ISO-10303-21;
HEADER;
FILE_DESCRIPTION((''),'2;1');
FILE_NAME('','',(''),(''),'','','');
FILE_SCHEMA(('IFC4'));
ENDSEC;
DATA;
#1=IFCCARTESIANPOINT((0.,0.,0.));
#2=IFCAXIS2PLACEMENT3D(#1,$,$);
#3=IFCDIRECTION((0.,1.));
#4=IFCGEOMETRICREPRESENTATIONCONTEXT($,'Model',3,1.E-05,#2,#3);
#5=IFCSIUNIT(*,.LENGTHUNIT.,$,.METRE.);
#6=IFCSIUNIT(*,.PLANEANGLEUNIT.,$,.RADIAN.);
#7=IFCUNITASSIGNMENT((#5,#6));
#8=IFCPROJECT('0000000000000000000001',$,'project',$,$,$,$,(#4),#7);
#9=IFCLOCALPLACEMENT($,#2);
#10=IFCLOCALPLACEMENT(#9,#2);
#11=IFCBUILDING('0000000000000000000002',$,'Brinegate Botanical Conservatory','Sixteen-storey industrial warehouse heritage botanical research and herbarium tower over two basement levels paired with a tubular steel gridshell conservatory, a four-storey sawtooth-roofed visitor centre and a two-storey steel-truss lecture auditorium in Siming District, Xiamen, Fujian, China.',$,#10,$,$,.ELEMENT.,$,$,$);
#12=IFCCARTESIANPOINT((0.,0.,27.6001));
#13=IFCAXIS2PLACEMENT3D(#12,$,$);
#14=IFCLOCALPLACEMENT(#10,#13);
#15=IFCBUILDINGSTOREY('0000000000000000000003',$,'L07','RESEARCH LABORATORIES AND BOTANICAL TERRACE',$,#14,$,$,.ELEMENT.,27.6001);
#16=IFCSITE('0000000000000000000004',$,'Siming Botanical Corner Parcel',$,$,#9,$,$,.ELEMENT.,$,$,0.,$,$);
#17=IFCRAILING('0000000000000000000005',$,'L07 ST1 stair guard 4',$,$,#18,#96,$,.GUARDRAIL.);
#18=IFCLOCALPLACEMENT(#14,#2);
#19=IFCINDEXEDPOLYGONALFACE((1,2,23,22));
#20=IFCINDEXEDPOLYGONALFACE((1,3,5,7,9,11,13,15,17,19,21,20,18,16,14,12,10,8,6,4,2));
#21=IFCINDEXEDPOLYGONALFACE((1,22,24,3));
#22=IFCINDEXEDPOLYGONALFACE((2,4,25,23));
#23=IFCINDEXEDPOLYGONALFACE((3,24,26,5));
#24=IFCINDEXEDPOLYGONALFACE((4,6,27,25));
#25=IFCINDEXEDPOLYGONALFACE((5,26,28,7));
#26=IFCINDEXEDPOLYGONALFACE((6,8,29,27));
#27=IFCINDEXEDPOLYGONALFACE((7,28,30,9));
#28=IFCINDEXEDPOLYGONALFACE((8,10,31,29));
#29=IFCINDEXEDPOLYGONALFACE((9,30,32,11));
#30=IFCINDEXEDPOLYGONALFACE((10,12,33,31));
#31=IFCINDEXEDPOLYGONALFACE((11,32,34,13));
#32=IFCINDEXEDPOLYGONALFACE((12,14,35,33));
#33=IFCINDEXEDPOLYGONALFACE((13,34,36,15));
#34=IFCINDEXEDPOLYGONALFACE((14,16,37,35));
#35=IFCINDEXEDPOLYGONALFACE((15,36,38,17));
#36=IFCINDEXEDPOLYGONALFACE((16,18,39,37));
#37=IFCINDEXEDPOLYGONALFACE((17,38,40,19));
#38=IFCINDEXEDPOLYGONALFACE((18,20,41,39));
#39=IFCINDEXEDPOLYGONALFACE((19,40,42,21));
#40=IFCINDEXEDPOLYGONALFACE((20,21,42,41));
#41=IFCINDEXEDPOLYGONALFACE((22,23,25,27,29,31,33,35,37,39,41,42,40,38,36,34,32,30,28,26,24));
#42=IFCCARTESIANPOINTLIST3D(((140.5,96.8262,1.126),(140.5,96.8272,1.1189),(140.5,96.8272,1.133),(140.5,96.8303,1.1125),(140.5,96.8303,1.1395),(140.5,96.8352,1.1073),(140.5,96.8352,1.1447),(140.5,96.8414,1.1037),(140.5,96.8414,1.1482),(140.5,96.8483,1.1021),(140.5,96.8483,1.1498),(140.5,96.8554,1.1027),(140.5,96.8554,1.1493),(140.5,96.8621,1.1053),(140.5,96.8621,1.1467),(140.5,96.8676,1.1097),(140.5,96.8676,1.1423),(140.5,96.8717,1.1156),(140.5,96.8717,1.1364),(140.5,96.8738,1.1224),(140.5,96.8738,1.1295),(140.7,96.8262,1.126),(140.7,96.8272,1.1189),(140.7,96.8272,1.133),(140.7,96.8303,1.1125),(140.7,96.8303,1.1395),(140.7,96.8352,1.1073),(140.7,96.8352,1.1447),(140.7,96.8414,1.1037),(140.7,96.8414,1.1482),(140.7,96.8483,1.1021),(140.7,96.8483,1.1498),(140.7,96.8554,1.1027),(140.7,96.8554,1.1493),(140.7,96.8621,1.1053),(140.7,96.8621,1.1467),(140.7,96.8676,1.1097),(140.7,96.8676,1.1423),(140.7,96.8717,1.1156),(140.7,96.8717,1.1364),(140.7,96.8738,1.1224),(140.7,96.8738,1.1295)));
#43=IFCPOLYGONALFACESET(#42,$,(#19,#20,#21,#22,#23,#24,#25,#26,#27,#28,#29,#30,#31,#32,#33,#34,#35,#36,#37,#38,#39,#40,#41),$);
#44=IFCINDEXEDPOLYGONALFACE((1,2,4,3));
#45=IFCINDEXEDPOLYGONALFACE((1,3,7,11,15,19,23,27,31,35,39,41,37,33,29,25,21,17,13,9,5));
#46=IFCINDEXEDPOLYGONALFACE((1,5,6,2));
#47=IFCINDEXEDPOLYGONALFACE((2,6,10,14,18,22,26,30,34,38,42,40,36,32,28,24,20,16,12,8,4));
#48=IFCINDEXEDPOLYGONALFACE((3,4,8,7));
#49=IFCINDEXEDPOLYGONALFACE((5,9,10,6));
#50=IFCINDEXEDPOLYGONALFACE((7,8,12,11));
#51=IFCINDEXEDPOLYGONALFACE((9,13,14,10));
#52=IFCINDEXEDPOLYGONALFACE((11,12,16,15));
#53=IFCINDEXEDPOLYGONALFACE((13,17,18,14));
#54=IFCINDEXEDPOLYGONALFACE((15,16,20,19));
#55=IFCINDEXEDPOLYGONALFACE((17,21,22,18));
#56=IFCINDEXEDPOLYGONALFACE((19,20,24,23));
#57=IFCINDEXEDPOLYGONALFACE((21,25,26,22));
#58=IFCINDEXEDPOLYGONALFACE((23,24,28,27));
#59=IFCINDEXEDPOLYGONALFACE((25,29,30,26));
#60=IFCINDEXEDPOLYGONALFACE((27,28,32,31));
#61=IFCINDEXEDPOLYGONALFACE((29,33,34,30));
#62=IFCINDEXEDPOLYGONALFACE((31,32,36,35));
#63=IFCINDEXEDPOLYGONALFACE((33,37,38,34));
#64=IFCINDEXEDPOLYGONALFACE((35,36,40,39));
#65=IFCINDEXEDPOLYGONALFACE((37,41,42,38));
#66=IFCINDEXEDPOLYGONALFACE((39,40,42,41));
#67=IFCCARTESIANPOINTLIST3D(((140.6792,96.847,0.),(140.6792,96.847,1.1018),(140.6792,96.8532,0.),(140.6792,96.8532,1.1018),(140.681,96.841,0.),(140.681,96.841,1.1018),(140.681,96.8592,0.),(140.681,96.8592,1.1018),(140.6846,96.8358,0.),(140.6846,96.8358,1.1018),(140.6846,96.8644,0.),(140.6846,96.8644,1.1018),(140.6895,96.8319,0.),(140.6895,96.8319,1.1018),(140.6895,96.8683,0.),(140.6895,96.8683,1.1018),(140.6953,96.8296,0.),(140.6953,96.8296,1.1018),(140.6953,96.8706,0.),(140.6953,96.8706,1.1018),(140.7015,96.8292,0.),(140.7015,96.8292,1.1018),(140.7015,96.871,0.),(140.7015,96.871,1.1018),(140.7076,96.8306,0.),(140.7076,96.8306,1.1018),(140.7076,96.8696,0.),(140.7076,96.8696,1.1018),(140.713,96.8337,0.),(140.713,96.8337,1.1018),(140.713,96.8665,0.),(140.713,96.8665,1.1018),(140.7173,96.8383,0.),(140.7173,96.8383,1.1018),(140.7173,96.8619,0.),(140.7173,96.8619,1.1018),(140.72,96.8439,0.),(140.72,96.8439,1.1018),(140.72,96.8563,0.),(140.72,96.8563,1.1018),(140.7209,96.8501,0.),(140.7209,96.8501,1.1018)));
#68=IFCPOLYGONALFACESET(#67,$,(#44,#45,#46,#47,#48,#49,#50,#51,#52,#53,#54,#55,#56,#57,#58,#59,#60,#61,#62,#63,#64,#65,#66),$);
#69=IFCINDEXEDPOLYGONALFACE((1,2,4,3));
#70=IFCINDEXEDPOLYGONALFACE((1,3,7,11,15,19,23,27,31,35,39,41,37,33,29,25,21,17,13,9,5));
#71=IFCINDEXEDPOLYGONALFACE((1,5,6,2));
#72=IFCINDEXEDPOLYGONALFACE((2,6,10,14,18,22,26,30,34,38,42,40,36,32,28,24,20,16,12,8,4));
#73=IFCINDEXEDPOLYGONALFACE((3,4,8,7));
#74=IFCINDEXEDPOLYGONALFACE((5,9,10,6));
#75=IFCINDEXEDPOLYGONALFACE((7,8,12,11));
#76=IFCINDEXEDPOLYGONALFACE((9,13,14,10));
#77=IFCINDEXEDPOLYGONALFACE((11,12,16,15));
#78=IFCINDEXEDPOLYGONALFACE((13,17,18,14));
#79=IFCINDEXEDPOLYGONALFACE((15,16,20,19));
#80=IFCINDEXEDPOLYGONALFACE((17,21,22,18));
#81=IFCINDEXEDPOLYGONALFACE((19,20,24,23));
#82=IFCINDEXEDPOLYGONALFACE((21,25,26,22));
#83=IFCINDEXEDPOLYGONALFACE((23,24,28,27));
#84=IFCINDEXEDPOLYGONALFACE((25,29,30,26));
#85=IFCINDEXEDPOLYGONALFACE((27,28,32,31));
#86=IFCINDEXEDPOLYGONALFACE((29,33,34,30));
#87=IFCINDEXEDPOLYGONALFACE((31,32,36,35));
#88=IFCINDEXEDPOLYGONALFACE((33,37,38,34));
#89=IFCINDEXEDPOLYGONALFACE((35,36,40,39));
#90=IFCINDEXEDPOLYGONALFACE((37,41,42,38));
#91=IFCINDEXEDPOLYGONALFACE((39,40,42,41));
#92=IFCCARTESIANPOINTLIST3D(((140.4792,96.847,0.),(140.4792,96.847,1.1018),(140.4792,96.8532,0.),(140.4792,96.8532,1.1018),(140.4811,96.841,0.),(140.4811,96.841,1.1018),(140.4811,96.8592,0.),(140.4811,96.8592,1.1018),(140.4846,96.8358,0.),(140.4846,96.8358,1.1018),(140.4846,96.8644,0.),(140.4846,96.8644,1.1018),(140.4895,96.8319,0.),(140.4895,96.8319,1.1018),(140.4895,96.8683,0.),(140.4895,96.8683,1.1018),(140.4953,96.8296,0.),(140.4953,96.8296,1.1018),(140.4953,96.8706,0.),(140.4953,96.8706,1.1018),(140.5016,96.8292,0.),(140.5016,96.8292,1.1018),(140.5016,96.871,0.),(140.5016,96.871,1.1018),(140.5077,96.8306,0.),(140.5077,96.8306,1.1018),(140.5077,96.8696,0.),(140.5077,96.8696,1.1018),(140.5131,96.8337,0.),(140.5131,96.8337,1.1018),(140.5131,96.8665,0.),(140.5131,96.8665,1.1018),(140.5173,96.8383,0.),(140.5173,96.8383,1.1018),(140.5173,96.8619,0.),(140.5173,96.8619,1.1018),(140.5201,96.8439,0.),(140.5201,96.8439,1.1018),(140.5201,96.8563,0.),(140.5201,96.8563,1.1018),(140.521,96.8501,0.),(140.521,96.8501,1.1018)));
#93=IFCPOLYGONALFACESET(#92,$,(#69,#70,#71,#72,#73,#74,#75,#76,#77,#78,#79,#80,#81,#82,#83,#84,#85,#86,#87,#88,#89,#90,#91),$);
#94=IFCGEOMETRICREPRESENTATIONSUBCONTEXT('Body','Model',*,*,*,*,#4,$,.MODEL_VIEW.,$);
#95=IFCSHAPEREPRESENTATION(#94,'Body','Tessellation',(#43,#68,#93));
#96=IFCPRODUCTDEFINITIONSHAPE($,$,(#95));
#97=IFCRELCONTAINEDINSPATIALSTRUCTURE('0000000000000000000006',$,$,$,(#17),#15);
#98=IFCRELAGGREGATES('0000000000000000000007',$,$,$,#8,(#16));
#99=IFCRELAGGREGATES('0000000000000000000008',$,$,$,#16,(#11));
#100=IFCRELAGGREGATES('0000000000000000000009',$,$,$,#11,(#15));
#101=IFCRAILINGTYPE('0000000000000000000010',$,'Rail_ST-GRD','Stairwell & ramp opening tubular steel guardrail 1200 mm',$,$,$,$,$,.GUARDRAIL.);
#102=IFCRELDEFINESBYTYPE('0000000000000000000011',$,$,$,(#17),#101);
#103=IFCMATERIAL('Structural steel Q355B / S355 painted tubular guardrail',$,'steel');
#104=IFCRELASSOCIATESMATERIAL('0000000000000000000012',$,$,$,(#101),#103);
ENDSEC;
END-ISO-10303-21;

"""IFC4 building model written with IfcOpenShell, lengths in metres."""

from ifc_helpers import new_model, si_unit, direction, frame, origin, origin_2d, place, context, subcontext, project, spatial, circle, extrude, material, type_object, element, save


model = new_model("IFC4")

# Units and contexts
model_context = context("Model", 3, precision=1e-05, world=origin(), true_north=direction((0.0, 1.0)))
body_context = subcontext(model_context, "Body", "Model", "MODEL_VIEW")
ifc_project = project(units=[si_unit("LENGTHUNIT", "METRE"), si_unit("PLANEANGLEUNIT", "RADIAN")], contexts=[model_context])

# Site, building, storey
site_placement = place(None, origin())
site = spatial("IfcSite", under=ifc_project, at=site_placement, Name="Siming Botanical Corner Parcel", CompositionType="ELEMENT", RefElevation=0.0)
building_placement = place(site_placement, origin())
building = spatial("IfcBuilding", under=site, at=building_placement, Name="Brinegate Botanical Conservatory", Description="Sixteen-storey industrial warehouse heritage botanical research and herbarium tower over two basement levels paired with a tubular steel gridshell conservatory, a four-storey sawtooth-roofed visitor centre and a two-storey steel-truss lecture auditorium in Siming District, Xiamen, Fujian, China.", CompositionType="ELEMENT")
storey_placement = place(building_placement, frame((0.0, 0.0, 27.6001)))
storey = spatial("IfcBuildingStorey", under=building, at=storey_placement, Name="L07", Description="RESEARCH LABORATORIES AND BOTANICAL TERRACE", CompositionType="ELEMENT", Elevation=27.6001)

# Railing
ifc_material_1 = material(Name="Structural steel Q355B / S355 painted tubular guardrail", Category="steel")
railing_type_1 = type_object("IfcRailingType", Name="Rail_ST-GRD", Description="Stairwell & ramp opening tubular steel guardrail 1200 mm", PredefinedType="GUARDRAIL", material=ifc_material_1)
railing_1_placement = place(storey_placement, frame((140.7, 96.8501, 0.0)))
element("IfcRailing", 1, at=railing_1_placement, inside=storey, type_object=railing_type_1, Name="L07 ST1 stair guard 4", PredefinedType="GUARDRAIL", context=body_context, shape_type="SweptSolid", body=[
    extrude(circle(Radius=0.0239, at=origin_2d()), frame((0.0, 0.0, 1.126), z_axis=(-1.0, 0.0, 0.0), x_axis=(0.0, -1.0, 0.0)), (0.0, 0.0, 1.0), 0.2),
    extrude(circle(Radius=0.021, at=origin_2d()), origin(), (0.0, 0.0, 1.0), 1.1018),
    extrude(circle(Radius=0.021, at=origin_2d()), frame((-0.2, 0.0, 0.0)), (0.0, 0.0, 1.0), 1.1018),
])

save(model, "model.ifc")
